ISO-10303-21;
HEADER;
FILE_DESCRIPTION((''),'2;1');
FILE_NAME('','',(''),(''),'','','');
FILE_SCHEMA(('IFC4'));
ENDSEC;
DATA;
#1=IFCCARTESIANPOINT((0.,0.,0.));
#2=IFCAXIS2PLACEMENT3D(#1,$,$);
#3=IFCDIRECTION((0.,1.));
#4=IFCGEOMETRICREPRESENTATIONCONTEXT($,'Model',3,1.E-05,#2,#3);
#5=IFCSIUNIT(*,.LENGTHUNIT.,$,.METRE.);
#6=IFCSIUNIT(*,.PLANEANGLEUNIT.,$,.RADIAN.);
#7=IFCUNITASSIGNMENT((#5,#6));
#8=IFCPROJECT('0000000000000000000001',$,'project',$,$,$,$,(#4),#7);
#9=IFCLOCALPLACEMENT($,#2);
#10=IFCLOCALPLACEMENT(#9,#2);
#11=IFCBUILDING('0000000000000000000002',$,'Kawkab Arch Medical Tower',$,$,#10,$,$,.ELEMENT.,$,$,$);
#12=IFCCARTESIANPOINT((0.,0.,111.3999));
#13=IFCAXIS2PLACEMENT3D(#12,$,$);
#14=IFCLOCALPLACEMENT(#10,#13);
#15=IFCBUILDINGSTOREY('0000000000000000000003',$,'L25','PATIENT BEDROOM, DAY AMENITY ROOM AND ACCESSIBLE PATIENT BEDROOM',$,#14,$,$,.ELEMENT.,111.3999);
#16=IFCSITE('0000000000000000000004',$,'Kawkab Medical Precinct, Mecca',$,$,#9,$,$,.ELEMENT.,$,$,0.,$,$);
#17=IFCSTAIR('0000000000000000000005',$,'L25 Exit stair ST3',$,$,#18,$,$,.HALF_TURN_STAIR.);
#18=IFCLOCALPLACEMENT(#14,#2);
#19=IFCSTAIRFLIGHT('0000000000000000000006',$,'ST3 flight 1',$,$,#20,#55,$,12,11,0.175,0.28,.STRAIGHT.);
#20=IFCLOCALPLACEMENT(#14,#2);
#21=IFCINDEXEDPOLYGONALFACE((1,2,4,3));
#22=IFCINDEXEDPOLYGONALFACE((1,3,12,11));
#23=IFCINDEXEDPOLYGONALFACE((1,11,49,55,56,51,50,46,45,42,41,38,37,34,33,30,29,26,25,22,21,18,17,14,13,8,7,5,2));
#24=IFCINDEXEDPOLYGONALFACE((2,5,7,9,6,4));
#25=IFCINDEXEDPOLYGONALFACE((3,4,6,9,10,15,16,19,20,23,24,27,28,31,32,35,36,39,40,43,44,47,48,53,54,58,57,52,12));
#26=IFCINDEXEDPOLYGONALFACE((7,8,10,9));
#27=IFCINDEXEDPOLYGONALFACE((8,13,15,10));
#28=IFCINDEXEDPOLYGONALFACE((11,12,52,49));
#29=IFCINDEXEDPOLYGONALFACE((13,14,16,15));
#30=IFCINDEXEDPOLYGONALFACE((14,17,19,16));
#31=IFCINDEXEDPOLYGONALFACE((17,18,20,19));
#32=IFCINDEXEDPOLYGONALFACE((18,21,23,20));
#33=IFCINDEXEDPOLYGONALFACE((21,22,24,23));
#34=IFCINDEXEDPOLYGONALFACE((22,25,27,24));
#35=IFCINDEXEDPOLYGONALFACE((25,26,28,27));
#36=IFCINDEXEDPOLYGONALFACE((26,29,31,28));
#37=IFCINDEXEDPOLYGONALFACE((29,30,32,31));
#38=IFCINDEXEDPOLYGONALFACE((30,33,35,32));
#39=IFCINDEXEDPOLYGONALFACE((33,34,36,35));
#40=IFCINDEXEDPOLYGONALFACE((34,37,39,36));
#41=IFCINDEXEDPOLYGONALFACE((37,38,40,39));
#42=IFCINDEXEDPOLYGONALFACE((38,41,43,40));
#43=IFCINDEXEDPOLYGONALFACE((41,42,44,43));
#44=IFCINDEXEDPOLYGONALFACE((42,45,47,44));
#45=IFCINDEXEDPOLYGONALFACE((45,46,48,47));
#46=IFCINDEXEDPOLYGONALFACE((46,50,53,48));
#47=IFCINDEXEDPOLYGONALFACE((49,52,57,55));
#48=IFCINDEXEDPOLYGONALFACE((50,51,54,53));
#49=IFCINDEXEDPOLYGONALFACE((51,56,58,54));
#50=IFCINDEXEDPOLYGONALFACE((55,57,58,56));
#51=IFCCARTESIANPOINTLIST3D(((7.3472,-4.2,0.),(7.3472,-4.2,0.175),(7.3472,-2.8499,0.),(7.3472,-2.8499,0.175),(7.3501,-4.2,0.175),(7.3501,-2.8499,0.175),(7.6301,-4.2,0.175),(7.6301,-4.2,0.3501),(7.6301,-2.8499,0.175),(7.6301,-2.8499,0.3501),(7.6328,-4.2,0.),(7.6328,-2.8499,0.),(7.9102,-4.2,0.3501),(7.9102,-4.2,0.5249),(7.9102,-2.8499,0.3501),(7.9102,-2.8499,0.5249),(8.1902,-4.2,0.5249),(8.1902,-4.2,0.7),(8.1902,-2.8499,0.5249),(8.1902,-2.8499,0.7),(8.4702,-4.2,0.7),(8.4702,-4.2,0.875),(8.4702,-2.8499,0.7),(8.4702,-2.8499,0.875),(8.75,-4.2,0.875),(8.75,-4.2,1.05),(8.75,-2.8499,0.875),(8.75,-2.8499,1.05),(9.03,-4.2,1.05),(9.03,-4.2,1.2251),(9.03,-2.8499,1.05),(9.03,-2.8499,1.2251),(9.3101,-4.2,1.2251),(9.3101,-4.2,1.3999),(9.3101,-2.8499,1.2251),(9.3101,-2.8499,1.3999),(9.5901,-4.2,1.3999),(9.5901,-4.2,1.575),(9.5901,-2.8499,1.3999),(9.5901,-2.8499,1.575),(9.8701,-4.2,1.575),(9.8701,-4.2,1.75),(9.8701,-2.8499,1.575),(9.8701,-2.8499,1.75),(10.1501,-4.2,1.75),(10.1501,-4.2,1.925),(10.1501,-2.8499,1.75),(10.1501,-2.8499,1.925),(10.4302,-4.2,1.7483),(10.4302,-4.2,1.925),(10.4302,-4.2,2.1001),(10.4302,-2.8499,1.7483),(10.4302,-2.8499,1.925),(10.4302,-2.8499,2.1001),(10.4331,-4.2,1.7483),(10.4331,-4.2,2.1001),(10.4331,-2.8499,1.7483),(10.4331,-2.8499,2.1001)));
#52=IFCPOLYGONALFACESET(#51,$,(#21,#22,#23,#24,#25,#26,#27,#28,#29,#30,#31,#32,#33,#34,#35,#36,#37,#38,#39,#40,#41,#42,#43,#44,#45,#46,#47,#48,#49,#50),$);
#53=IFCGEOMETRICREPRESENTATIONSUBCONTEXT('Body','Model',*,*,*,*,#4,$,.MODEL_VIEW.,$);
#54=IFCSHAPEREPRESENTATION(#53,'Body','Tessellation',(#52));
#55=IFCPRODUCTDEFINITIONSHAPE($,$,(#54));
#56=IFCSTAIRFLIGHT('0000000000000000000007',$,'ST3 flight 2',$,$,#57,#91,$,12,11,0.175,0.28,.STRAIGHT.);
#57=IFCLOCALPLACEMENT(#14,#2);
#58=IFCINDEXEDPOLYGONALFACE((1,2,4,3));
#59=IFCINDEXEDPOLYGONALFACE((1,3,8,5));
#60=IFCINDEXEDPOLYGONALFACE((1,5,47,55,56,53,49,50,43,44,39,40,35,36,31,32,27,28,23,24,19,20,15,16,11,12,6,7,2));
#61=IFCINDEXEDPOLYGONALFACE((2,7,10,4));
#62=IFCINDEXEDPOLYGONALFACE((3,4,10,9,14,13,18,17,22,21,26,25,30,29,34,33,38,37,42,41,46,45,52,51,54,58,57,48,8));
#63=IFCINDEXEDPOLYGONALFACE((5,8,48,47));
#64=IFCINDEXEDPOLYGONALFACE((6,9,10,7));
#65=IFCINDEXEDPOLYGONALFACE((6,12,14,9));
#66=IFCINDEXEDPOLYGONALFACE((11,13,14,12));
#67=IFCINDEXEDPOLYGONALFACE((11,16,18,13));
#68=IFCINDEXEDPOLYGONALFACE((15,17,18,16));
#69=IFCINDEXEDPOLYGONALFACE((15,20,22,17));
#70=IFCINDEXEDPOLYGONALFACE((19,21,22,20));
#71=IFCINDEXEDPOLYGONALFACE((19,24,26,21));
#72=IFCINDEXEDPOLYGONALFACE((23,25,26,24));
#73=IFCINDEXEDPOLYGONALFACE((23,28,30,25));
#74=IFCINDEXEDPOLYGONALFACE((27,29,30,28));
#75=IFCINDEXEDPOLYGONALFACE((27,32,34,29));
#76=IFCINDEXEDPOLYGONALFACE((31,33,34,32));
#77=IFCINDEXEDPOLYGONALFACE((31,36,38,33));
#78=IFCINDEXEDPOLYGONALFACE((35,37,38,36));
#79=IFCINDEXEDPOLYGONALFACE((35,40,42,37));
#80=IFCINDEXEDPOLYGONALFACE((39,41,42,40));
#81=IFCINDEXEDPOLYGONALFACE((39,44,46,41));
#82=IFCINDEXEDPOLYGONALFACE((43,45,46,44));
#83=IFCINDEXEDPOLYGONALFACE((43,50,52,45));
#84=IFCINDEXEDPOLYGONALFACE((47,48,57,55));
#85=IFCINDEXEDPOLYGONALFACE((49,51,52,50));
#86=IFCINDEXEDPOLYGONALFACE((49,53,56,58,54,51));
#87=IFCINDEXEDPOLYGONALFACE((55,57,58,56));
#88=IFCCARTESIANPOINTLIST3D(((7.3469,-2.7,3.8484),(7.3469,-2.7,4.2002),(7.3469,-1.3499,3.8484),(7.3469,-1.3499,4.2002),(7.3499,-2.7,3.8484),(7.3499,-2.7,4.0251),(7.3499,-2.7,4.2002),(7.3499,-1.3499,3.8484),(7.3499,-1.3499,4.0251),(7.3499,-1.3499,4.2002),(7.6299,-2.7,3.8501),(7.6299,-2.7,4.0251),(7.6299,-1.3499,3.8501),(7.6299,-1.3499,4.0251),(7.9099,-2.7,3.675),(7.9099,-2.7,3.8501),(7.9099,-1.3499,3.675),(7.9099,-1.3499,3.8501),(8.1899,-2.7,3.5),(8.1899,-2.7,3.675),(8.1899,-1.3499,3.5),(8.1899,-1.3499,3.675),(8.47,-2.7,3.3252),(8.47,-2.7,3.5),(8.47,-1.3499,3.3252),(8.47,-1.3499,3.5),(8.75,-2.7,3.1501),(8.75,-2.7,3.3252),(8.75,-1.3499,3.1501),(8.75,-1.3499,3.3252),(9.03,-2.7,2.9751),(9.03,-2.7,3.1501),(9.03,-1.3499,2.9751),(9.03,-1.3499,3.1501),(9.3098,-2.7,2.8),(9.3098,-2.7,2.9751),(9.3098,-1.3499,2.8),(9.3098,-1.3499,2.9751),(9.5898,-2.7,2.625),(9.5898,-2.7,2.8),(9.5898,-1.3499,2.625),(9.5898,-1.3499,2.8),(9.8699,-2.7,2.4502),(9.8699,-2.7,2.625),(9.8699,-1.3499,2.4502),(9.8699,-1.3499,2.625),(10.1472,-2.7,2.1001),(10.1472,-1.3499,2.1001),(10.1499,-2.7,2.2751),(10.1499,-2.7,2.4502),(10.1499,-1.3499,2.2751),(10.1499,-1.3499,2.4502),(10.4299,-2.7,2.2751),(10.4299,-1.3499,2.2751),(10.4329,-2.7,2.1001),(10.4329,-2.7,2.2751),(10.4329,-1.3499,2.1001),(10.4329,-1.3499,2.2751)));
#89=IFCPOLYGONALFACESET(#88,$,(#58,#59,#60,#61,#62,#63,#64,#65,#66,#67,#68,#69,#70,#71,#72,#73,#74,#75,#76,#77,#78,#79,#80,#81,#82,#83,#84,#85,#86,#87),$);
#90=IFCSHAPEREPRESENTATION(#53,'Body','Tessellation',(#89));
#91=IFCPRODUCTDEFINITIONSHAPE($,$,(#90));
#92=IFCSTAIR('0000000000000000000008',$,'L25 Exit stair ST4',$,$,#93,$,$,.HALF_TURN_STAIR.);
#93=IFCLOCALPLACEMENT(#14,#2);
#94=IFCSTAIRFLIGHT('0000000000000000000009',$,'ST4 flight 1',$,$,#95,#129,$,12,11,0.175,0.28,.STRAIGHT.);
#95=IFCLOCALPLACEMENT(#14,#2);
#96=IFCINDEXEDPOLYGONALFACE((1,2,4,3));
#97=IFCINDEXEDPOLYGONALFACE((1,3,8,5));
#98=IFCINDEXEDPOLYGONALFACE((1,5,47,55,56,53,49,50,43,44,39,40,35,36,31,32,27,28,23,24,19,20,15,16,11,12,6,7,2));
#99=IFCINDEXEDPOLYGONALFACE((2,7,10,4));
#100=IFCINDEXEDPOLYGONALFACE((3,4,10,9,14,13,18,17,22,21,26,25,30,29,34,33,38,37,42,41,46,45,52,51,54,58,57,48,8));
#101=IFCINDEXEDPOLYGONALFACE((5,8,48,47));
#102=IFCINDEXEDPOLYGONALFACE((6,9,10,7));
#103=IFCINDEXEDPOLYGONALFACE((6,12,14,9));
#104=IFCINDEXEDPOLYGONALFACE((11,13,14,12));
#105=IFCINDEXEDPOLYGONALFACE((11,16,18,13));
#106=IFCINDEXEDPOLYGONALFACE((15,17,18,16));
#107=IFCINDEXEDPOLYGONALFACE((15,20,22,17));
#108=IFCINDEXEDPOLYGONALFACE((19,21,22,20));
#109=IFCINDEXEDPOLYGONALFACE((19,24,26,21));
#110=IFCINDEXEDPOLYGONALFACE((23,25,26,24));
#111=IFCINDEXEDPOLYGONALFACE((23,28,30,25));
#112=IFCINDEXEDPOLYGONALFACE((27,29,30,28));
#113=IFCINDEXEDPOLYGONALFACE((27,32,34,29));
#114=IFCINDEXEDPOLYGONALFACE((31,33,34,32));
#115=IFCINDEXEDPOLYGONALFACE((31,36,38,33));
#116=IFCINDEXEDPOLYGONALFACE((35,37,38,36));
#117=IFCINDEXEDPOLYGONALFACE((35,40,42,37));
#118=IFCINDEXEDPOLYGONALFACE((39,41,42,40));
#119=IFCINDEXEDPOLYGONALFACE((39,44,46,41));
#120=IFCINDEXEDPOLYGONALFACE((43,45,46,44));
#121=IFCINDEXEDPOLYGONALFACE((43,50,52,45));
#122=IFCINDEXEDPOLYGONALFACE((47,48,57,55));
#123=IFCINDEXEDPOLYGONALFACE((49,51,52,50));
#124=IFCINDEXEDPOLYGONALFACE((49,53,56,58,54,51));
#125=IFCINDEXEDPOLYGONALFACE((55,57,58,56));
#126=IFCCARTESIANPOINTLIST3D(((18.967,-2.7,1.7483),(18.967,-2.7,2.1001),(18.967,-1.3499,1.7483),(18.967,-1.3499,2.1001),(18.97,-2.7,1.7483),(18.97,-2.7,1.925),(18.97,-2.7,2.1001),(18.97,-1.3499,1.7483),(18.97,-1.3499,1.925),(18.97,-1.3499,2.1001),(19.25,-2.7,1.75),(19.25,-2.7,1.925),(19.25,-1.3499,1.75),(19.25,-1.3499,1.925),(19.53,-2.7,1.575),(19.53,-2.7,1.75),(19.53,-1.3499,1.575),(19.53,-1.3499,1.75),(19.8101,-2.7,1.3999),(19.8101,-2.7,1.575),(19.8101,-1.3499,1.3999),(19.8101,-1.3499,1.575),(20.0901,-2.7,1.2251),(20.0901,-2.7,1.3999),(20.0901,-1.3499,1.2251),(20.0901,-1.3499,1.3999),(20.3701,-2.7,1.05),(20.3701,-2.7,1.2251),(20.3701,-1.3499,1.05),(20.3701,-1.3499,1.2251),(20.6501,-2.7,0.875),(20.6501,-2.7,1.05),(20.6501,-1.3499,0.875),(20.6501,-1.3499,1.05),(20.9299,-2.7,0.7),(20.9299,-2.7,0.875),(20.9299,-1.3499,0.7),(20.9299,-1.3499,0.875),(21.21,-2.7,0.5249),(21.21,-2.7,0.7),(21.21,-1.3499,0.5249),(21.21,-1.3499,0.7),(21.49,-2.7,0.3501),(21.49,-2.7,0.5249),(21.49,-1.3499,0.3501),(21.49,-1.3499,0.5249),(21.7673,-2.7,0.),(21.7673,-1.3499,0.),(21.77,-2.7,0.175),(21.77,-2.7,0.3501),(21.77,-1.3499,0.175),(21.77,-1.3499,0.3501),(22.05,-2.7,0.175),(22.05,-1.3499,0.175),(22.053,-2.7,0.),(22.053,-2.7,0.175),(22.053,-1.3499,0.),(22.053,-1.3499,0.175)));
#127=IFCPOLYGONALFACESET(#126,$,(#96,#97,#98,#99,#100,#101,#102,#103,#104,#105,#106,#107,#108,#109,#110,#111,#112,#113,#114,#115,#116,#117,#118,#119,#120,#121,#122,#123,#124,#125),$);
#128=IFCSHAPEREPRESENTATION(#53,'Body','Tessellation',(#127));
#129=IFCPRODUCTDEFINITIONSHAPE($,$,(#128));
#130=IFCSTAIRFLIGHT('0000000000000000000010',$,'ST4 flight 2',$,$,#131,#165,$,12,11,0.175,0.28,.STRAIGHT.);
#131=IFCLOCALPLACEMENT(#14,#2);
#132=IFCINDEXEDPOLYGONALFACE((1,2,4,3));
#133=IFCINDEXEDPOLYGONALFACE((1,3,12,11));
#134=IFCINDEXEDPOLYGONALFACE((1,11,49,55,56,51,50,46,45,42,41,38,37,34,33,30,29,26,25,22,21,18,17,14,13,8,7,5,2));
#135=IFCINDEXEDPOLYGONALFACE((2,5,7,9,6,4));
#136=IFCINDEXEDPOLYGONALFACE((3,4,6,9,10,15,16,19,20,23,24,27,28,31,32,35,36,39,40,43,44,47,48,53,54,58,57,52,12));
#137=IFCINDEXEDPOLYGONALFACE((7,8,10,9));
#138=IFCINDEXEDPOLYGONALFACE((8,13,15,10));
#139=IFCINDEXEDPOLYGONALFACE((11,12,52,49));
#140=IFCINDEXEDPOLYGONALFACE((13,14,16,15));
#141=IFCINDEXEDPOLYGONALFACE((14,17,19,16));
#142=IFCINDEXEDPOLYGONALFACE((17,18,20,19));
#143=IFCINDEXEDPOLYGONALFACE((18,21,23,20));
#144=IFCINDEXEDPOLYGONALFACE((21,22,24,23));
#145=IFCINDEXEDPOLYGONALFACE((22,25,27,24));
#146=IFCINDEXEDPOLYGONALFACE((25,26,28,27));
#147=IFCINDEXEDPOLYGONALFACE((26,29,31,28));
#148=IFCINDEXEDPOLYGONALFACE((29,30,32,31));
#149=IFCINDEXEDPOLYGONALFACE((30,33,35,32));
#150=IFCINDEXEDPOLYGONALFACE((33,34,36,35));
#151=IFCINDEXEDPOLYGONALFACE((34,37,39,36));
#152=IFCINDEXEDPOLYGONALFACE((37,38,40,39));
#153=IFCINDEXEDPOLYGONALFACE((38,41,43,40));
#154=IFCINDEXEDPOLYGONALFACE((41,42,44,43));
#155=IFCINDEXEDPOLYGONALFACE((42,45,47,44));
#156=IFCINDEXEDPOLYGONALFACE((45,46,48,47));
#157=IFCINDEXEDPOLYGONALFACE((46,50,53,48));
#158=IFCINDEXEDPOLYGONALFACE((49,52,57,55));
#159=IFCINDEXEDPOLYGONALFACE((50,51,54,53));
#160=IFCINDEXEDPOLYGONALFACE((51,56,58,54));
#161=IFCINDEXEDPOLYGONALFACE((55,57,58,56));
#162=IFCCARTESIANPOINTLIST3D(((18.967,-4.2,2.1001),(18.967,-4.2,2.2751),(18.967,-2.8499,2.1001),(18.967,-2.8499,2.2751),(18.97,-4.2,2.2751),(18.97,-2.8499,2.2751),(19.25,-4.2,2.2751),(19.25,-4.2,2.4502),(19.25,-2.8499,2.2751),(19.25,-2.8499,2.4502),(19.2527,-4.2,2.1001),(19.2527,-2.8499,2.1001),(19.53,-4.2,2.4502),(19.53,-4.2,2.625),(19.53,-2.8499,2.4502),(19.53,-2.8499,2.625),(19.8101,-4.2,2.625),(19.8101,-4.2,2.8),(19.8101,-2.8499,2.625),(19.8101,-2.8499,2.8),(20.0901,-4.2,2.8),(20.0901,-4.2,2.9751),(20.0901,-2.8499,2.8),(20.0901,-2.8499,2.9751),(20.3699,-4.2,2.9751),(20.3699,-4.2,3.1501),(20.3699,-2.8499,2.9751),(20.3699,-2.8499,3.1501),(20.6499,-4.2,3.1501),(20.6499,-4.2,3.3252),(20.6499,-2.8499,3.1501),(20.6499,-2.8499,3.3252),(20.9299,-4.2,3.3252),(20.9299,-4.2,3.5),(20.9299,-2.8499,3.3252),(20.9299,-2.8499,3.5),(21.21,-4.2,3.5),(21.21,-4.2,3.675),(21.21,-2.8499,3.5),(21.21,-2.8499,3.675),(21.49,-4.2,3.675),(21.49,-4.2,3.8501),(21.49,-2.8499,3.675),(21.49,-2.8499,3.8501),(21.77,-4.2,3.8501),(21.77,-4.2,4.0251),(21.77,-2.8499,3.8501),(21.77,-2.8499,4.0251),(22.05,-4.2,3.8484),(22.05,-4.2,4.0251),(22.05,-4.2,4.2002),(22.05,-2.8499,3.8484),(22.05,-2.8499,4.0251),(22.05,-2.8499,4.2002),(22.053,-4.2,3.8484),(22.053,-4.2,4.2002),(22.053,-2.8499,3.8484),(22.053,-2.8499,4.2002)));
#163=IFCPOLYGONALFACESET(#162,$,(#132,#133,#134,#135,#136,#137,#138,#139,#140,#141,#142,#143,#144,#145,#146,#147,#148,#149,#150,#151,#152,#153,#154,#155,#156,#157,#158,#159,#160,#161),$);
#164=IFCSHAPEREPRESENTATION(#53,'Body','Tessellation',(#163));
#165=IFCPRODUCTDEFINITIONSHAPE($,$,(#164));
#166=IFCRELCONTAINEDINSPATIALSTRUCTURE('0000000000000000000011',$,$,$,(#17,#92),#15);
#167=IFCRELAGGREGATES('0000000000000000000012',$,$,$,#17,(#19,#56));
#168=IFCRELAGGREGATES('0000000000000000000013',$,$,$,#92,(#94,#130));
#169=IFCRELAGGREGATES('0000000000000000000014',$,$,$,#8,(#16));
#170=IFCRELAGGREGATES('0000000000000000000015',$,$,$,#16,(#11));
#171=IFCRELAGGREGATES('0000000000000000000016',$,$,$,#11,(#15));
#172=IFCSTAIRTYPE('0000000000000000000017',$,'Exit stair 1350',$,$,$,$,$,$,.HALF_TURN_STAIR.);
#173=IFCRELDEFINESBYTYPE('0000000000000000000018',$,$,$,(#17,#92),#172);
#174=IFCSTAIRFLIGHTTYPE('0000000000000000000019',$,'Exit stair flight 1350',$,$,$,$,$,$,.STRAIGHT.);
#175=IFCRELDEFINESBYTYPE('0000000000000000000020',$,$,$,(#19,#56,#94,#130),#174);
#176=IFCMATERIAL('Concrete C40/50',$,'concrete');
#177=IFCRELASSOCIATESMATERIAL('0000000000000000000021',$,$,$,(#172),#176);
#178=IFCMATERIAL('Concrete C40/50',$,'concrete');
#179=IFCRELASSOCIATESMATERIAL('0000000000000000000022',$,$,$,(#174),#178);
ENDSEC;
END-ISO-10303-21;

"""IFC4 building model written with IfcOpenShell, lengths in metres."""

from ifc_helpers import new_model, si_unit, direction, frame, origin, place, context, subcontext, project, spatial, polyline, outline, extrude, material, type_object, element, aggregate, save


model = new_model("IFC4")

# Units and contexts
model_context = context("Model", 3, precision=1e-05, world=origin(), true_north=direction((0.0, 1.0)))
body_context = subcontext(model_context, "Body", "Model", "MODEL_VIEW")
ifc_project = project(units=[si_unit("LENGTHUNIT", "METRE"), si_unit("PLANEANGLEUNIT", "RADIAN")], contexts=[model_context])

# Site, building, storey
site_placement = place(None, origin())
site = spatial("IfcSite", under=ifc_project, at=site_placement, Name="Kawkab Medical Precinct, Mecca", CompositionType="ELEMENT", RefElevation=0.0)
building_placement = place(site_placement, origin())
building = spatial("IfcBuilding", under=site, at=building_placement, Name="Kawkab Arch Medical Tower", CompositionType="ELEMENT")
storey_placement = place(building_placement, frame((0.0, 0.0, 111.3999)))
storey = spatial("IfcBuildingStorey", under=building, at=storey_placement, Name="L25", Description="PATIENT BEDROOM, DAY AMENITY ROOM AND ACCESSIBLE PATIENT BEDROOM", CompositionType="ELEMENT", Elevation=111.3999)

# Shared definitions
placement = place(storey_placement, origin())

# Stairs, stair flights
ifc_material_1 = material(Name="Concrete C40/50", Category="concrete")
stair_type = type_object("IfcStairType", Name="Exit stair 1350", PredefinedType="HALF_TURN_STAIR", material=ifc_material_1)
stair_1 = element("IfcStair", 1, at=placement, inside=storey, type_object=stair_type, Name="L25 Exit stair ST3", PredefinedType="HALF_TURN_STAIR")
ifc_material_2 = material(Name="Concrete C40/50", Category="concrete")
stair_flight_type = type_object("IfcStairFlightType", Name="Exit stair flight 1350", PredefinedType="STRAIGHT", material=ifc_material_2)
stair_flight_1_placement = place(storey_placement, frame((7.3501, -3.5249, 0.0), z_axis=(0.0, 0.0, 1.0), x_axis=(1.0, 0.0, 0.0)))
stair_flight_1 = element("IfcStairFlight", 2, at=stair_flight_1_placement, type_object=stair_flight_type, Name="ST3 flight 1", NumberOfRisers=12, NumberOfTreads=11, PredefinedType="STRAIGHT", RiserHeight=0.175, TreadLength=0.28, context=body_context, shape_type="SweptSolid", body=[
    extrude(outline(polyline([(-0.0029, 0.0), (-0.0029, 0.175), (0.0, 0.175), (0.28, 0.175), (0.28, 0.3501), (0.5601, 0.3501), (0.5601, 0.5249), (0.8401, 0.5249), (0.8401, 0.7), (1.1201, 0.7), (1.1201, 0.875), (1.3999, 0.875), (1.3999, 1.05), (1.6799, 1.05), (1.6799, 1.2251), (1.96, 1.2251), (1.96, 1.3999), (2.24, 1.3999), (2.24, 1.575), (2.52, 1.575), (2.52, 1.75), (2.8, 1.75), (2.8, 1.925), (3.0801, 1.925), (3.0801, 2.1001), (3.083, 2.1001), (3.083, 1.7483), (3.0801, 1.7483), (0.2827, 0.0), (-0.0029, 0.0)])), frame((0.0, 0.675, 0.0), z_axis=(0.0, -1.0, 0.0), x_axis=(1.0, 0.0, 0.0)), (0.0, 0.0, 1.0), 1.3501),
])
stair_flight_2_placement = place(storey_placement, frame((10.4299, -2.0249, 2.1001), z_axis=(0.0, 0.0, 1.0), x_axis=(-1.0, 0.0, 0.0)))
stair_flight_2 = element("IfcStairFlight", 3, at=stair_flight_2_placement, type_object=stair_flight_type, Name="ST3 flight 2", NumberOfRisers=12, NumberOfTreads=11, PredefinedType="STRAIGHT", RiserHeight=0.175, TreadLength=0.28, context=body_context, shape_type="SweptSolid", body=[
    extrude(outline(polyline([(-0.0029, 0.0), (-0.0029, 0.175), (0.0, 0.175), (0.28, 0.175), (0.28, 0.3501), (0.5601, 0.3501), (0.5601, 0.5249), (0.8401, 0.5249), (0.8401, 0.7), (1.1201, 0.7), (1.1201, 0.875), (1.3999, 0.875), (1.3999, 1.05), (1.6799, 1.05), (1.6799, 1.2251), (1.96, 1.2251), (1.96, 1.3999), (2.24, 1.3999), (2.24, 1.575), (2.52, 1.575), (2.52, 1.75), (2.8, 1.75), (2.8, 1.925), (3.0801, 1.925), (3.0801, 2.1001), (3.083, 2.1001), (3.083, 1.7483), (3.0801, 1.7483), (0.2827, 0.0), (-0.0029, 0.0)])), frame((0.0, 0.675, 0.0), z_axis=(0.0, -1.0, 0.0), x_axis=(1.0, 0.0, 0.0)), (0.0, 0.0, 1.0), 1.3501),
])
aggregate(stair_1, [stair_flight_1, stair_flight_2])
stair_2 = element("IfcStair", 4, at=placement, inside=storey, type_object=stair_type, Name="L25 Exit stair ST4", PredefinedType="HALF_TURN_STAIR")
stair_flight_3_placement = place(storey_placement, frame((22.05, -2.0249, 0.0), z_axis=(0.0, 0.0, 1.0), x_axis=(-1.0, 0.0, 0.0)))
stair_flight_3 = element("IfcStairFlight", 5, at=stair_flight_3_placement, type_object=stair_flight_type, Name="ST4 flight 1", NumberOfRisers=12, NumberOfTreads=11, PredefinedType="STRAIGHT", RiserHeight=0.175, TreadLength=0.28, context=body_context, shape_type="SweptSolid", body=[
    extrude(outline(polyline([(-0.0029, 0.0), (-0.0029, 0.175), (0.0, 0.175), (0.28, 0.175), (0.28, 0.3501), (0.5601, 0.3501), (0.5601, 0.5249), (0.8401, 0.5249), (0.8401, 0.7), (1.1201, 0.7), (1.1201, 0.875), (1.3999, 0.875), (1.3999, 1.05), (1.6799, 1.05), (1.6799, 1.2251), (1.96, 1.2251), (1.96, 1.3999), (2.24, 1.3999), (2.24, 1.575), (2.52, 1.575), (2.52, 1.75), (2.8, 1.75), (2.8, 1.925), (3.0801, 1.925), (3.0801, 2.1001), (3.083, 2.1001), (3.083, 1.7483), (3.0801, 1.7483), (0.2827, 0.0), (-0.0029, 0.0)])), frame((0.0, 0.675, 0.0), z_axis=(0.0, -1.0, 0.0), x_axis=(1.0, 0.0, 0.0)), (0.0, 0.0, 1.0), 1.3501),
])
stair_flight_4_placement = place(storey_placement, frame((18.97, -3.5249, 2.1001), z_axis=(0.0, 0.0, 1.0), x_axis=(1.0, 0.0, 0.0)))
stair_flight_4 = element("IfcStairFlight", 6, at=stair_flight_4_placement, type_object=stair_flight_type, Name="ST4 flight 2", NumberOfRisers=12, NumberOfTreads=11, PredefinedType="STRAIGHT", RiserHeight=0.175, TreadLength=0.28, context=body_context, shape_type="SweptSolid", body=[
    extrude(outline(polyline([(-0.0029, 0.0), (-0.0029, 0.175), (0.0, 0.175), (0.28, 0.175), (0.28, 0.3501), (0.5601, 0.3501), (0.5601, 0.5249), (0.8401, 0.5249), (0.8401, 0.7), (1.1201, 0.7), (1.1201, 0.875), (1.3999, 0.875), (1.3999, 1.05), (1.6799, 1.05), (1.6799, 1.2251), (1.96, 1.2251), (1.96, 1.3999), (2.24, 1.3999), (2.24, 1.575), (2.52, 1.575), (2.52, 1.75), (2.8, 1.75), (2.8, 1.925), (3.0801, 1.925), (3.0801, 2.1001), (3.083, 2.1001), (3.083, 1.7483), (3.0801, 1.7483), (0.2827, 0.0), (-0.0029, 0.0)])), frame((0.0, 0.675, 0.0), z_axis=(0.0, -1.0, 0.0), x_axis=(1.0, 0.0, 0.0)), (0.0, 0.0, 1.0), 1.3501),
])
aggregate(stair_2, [stair_flight_3, stair_flight_4])

save(model, "model.ifc")
